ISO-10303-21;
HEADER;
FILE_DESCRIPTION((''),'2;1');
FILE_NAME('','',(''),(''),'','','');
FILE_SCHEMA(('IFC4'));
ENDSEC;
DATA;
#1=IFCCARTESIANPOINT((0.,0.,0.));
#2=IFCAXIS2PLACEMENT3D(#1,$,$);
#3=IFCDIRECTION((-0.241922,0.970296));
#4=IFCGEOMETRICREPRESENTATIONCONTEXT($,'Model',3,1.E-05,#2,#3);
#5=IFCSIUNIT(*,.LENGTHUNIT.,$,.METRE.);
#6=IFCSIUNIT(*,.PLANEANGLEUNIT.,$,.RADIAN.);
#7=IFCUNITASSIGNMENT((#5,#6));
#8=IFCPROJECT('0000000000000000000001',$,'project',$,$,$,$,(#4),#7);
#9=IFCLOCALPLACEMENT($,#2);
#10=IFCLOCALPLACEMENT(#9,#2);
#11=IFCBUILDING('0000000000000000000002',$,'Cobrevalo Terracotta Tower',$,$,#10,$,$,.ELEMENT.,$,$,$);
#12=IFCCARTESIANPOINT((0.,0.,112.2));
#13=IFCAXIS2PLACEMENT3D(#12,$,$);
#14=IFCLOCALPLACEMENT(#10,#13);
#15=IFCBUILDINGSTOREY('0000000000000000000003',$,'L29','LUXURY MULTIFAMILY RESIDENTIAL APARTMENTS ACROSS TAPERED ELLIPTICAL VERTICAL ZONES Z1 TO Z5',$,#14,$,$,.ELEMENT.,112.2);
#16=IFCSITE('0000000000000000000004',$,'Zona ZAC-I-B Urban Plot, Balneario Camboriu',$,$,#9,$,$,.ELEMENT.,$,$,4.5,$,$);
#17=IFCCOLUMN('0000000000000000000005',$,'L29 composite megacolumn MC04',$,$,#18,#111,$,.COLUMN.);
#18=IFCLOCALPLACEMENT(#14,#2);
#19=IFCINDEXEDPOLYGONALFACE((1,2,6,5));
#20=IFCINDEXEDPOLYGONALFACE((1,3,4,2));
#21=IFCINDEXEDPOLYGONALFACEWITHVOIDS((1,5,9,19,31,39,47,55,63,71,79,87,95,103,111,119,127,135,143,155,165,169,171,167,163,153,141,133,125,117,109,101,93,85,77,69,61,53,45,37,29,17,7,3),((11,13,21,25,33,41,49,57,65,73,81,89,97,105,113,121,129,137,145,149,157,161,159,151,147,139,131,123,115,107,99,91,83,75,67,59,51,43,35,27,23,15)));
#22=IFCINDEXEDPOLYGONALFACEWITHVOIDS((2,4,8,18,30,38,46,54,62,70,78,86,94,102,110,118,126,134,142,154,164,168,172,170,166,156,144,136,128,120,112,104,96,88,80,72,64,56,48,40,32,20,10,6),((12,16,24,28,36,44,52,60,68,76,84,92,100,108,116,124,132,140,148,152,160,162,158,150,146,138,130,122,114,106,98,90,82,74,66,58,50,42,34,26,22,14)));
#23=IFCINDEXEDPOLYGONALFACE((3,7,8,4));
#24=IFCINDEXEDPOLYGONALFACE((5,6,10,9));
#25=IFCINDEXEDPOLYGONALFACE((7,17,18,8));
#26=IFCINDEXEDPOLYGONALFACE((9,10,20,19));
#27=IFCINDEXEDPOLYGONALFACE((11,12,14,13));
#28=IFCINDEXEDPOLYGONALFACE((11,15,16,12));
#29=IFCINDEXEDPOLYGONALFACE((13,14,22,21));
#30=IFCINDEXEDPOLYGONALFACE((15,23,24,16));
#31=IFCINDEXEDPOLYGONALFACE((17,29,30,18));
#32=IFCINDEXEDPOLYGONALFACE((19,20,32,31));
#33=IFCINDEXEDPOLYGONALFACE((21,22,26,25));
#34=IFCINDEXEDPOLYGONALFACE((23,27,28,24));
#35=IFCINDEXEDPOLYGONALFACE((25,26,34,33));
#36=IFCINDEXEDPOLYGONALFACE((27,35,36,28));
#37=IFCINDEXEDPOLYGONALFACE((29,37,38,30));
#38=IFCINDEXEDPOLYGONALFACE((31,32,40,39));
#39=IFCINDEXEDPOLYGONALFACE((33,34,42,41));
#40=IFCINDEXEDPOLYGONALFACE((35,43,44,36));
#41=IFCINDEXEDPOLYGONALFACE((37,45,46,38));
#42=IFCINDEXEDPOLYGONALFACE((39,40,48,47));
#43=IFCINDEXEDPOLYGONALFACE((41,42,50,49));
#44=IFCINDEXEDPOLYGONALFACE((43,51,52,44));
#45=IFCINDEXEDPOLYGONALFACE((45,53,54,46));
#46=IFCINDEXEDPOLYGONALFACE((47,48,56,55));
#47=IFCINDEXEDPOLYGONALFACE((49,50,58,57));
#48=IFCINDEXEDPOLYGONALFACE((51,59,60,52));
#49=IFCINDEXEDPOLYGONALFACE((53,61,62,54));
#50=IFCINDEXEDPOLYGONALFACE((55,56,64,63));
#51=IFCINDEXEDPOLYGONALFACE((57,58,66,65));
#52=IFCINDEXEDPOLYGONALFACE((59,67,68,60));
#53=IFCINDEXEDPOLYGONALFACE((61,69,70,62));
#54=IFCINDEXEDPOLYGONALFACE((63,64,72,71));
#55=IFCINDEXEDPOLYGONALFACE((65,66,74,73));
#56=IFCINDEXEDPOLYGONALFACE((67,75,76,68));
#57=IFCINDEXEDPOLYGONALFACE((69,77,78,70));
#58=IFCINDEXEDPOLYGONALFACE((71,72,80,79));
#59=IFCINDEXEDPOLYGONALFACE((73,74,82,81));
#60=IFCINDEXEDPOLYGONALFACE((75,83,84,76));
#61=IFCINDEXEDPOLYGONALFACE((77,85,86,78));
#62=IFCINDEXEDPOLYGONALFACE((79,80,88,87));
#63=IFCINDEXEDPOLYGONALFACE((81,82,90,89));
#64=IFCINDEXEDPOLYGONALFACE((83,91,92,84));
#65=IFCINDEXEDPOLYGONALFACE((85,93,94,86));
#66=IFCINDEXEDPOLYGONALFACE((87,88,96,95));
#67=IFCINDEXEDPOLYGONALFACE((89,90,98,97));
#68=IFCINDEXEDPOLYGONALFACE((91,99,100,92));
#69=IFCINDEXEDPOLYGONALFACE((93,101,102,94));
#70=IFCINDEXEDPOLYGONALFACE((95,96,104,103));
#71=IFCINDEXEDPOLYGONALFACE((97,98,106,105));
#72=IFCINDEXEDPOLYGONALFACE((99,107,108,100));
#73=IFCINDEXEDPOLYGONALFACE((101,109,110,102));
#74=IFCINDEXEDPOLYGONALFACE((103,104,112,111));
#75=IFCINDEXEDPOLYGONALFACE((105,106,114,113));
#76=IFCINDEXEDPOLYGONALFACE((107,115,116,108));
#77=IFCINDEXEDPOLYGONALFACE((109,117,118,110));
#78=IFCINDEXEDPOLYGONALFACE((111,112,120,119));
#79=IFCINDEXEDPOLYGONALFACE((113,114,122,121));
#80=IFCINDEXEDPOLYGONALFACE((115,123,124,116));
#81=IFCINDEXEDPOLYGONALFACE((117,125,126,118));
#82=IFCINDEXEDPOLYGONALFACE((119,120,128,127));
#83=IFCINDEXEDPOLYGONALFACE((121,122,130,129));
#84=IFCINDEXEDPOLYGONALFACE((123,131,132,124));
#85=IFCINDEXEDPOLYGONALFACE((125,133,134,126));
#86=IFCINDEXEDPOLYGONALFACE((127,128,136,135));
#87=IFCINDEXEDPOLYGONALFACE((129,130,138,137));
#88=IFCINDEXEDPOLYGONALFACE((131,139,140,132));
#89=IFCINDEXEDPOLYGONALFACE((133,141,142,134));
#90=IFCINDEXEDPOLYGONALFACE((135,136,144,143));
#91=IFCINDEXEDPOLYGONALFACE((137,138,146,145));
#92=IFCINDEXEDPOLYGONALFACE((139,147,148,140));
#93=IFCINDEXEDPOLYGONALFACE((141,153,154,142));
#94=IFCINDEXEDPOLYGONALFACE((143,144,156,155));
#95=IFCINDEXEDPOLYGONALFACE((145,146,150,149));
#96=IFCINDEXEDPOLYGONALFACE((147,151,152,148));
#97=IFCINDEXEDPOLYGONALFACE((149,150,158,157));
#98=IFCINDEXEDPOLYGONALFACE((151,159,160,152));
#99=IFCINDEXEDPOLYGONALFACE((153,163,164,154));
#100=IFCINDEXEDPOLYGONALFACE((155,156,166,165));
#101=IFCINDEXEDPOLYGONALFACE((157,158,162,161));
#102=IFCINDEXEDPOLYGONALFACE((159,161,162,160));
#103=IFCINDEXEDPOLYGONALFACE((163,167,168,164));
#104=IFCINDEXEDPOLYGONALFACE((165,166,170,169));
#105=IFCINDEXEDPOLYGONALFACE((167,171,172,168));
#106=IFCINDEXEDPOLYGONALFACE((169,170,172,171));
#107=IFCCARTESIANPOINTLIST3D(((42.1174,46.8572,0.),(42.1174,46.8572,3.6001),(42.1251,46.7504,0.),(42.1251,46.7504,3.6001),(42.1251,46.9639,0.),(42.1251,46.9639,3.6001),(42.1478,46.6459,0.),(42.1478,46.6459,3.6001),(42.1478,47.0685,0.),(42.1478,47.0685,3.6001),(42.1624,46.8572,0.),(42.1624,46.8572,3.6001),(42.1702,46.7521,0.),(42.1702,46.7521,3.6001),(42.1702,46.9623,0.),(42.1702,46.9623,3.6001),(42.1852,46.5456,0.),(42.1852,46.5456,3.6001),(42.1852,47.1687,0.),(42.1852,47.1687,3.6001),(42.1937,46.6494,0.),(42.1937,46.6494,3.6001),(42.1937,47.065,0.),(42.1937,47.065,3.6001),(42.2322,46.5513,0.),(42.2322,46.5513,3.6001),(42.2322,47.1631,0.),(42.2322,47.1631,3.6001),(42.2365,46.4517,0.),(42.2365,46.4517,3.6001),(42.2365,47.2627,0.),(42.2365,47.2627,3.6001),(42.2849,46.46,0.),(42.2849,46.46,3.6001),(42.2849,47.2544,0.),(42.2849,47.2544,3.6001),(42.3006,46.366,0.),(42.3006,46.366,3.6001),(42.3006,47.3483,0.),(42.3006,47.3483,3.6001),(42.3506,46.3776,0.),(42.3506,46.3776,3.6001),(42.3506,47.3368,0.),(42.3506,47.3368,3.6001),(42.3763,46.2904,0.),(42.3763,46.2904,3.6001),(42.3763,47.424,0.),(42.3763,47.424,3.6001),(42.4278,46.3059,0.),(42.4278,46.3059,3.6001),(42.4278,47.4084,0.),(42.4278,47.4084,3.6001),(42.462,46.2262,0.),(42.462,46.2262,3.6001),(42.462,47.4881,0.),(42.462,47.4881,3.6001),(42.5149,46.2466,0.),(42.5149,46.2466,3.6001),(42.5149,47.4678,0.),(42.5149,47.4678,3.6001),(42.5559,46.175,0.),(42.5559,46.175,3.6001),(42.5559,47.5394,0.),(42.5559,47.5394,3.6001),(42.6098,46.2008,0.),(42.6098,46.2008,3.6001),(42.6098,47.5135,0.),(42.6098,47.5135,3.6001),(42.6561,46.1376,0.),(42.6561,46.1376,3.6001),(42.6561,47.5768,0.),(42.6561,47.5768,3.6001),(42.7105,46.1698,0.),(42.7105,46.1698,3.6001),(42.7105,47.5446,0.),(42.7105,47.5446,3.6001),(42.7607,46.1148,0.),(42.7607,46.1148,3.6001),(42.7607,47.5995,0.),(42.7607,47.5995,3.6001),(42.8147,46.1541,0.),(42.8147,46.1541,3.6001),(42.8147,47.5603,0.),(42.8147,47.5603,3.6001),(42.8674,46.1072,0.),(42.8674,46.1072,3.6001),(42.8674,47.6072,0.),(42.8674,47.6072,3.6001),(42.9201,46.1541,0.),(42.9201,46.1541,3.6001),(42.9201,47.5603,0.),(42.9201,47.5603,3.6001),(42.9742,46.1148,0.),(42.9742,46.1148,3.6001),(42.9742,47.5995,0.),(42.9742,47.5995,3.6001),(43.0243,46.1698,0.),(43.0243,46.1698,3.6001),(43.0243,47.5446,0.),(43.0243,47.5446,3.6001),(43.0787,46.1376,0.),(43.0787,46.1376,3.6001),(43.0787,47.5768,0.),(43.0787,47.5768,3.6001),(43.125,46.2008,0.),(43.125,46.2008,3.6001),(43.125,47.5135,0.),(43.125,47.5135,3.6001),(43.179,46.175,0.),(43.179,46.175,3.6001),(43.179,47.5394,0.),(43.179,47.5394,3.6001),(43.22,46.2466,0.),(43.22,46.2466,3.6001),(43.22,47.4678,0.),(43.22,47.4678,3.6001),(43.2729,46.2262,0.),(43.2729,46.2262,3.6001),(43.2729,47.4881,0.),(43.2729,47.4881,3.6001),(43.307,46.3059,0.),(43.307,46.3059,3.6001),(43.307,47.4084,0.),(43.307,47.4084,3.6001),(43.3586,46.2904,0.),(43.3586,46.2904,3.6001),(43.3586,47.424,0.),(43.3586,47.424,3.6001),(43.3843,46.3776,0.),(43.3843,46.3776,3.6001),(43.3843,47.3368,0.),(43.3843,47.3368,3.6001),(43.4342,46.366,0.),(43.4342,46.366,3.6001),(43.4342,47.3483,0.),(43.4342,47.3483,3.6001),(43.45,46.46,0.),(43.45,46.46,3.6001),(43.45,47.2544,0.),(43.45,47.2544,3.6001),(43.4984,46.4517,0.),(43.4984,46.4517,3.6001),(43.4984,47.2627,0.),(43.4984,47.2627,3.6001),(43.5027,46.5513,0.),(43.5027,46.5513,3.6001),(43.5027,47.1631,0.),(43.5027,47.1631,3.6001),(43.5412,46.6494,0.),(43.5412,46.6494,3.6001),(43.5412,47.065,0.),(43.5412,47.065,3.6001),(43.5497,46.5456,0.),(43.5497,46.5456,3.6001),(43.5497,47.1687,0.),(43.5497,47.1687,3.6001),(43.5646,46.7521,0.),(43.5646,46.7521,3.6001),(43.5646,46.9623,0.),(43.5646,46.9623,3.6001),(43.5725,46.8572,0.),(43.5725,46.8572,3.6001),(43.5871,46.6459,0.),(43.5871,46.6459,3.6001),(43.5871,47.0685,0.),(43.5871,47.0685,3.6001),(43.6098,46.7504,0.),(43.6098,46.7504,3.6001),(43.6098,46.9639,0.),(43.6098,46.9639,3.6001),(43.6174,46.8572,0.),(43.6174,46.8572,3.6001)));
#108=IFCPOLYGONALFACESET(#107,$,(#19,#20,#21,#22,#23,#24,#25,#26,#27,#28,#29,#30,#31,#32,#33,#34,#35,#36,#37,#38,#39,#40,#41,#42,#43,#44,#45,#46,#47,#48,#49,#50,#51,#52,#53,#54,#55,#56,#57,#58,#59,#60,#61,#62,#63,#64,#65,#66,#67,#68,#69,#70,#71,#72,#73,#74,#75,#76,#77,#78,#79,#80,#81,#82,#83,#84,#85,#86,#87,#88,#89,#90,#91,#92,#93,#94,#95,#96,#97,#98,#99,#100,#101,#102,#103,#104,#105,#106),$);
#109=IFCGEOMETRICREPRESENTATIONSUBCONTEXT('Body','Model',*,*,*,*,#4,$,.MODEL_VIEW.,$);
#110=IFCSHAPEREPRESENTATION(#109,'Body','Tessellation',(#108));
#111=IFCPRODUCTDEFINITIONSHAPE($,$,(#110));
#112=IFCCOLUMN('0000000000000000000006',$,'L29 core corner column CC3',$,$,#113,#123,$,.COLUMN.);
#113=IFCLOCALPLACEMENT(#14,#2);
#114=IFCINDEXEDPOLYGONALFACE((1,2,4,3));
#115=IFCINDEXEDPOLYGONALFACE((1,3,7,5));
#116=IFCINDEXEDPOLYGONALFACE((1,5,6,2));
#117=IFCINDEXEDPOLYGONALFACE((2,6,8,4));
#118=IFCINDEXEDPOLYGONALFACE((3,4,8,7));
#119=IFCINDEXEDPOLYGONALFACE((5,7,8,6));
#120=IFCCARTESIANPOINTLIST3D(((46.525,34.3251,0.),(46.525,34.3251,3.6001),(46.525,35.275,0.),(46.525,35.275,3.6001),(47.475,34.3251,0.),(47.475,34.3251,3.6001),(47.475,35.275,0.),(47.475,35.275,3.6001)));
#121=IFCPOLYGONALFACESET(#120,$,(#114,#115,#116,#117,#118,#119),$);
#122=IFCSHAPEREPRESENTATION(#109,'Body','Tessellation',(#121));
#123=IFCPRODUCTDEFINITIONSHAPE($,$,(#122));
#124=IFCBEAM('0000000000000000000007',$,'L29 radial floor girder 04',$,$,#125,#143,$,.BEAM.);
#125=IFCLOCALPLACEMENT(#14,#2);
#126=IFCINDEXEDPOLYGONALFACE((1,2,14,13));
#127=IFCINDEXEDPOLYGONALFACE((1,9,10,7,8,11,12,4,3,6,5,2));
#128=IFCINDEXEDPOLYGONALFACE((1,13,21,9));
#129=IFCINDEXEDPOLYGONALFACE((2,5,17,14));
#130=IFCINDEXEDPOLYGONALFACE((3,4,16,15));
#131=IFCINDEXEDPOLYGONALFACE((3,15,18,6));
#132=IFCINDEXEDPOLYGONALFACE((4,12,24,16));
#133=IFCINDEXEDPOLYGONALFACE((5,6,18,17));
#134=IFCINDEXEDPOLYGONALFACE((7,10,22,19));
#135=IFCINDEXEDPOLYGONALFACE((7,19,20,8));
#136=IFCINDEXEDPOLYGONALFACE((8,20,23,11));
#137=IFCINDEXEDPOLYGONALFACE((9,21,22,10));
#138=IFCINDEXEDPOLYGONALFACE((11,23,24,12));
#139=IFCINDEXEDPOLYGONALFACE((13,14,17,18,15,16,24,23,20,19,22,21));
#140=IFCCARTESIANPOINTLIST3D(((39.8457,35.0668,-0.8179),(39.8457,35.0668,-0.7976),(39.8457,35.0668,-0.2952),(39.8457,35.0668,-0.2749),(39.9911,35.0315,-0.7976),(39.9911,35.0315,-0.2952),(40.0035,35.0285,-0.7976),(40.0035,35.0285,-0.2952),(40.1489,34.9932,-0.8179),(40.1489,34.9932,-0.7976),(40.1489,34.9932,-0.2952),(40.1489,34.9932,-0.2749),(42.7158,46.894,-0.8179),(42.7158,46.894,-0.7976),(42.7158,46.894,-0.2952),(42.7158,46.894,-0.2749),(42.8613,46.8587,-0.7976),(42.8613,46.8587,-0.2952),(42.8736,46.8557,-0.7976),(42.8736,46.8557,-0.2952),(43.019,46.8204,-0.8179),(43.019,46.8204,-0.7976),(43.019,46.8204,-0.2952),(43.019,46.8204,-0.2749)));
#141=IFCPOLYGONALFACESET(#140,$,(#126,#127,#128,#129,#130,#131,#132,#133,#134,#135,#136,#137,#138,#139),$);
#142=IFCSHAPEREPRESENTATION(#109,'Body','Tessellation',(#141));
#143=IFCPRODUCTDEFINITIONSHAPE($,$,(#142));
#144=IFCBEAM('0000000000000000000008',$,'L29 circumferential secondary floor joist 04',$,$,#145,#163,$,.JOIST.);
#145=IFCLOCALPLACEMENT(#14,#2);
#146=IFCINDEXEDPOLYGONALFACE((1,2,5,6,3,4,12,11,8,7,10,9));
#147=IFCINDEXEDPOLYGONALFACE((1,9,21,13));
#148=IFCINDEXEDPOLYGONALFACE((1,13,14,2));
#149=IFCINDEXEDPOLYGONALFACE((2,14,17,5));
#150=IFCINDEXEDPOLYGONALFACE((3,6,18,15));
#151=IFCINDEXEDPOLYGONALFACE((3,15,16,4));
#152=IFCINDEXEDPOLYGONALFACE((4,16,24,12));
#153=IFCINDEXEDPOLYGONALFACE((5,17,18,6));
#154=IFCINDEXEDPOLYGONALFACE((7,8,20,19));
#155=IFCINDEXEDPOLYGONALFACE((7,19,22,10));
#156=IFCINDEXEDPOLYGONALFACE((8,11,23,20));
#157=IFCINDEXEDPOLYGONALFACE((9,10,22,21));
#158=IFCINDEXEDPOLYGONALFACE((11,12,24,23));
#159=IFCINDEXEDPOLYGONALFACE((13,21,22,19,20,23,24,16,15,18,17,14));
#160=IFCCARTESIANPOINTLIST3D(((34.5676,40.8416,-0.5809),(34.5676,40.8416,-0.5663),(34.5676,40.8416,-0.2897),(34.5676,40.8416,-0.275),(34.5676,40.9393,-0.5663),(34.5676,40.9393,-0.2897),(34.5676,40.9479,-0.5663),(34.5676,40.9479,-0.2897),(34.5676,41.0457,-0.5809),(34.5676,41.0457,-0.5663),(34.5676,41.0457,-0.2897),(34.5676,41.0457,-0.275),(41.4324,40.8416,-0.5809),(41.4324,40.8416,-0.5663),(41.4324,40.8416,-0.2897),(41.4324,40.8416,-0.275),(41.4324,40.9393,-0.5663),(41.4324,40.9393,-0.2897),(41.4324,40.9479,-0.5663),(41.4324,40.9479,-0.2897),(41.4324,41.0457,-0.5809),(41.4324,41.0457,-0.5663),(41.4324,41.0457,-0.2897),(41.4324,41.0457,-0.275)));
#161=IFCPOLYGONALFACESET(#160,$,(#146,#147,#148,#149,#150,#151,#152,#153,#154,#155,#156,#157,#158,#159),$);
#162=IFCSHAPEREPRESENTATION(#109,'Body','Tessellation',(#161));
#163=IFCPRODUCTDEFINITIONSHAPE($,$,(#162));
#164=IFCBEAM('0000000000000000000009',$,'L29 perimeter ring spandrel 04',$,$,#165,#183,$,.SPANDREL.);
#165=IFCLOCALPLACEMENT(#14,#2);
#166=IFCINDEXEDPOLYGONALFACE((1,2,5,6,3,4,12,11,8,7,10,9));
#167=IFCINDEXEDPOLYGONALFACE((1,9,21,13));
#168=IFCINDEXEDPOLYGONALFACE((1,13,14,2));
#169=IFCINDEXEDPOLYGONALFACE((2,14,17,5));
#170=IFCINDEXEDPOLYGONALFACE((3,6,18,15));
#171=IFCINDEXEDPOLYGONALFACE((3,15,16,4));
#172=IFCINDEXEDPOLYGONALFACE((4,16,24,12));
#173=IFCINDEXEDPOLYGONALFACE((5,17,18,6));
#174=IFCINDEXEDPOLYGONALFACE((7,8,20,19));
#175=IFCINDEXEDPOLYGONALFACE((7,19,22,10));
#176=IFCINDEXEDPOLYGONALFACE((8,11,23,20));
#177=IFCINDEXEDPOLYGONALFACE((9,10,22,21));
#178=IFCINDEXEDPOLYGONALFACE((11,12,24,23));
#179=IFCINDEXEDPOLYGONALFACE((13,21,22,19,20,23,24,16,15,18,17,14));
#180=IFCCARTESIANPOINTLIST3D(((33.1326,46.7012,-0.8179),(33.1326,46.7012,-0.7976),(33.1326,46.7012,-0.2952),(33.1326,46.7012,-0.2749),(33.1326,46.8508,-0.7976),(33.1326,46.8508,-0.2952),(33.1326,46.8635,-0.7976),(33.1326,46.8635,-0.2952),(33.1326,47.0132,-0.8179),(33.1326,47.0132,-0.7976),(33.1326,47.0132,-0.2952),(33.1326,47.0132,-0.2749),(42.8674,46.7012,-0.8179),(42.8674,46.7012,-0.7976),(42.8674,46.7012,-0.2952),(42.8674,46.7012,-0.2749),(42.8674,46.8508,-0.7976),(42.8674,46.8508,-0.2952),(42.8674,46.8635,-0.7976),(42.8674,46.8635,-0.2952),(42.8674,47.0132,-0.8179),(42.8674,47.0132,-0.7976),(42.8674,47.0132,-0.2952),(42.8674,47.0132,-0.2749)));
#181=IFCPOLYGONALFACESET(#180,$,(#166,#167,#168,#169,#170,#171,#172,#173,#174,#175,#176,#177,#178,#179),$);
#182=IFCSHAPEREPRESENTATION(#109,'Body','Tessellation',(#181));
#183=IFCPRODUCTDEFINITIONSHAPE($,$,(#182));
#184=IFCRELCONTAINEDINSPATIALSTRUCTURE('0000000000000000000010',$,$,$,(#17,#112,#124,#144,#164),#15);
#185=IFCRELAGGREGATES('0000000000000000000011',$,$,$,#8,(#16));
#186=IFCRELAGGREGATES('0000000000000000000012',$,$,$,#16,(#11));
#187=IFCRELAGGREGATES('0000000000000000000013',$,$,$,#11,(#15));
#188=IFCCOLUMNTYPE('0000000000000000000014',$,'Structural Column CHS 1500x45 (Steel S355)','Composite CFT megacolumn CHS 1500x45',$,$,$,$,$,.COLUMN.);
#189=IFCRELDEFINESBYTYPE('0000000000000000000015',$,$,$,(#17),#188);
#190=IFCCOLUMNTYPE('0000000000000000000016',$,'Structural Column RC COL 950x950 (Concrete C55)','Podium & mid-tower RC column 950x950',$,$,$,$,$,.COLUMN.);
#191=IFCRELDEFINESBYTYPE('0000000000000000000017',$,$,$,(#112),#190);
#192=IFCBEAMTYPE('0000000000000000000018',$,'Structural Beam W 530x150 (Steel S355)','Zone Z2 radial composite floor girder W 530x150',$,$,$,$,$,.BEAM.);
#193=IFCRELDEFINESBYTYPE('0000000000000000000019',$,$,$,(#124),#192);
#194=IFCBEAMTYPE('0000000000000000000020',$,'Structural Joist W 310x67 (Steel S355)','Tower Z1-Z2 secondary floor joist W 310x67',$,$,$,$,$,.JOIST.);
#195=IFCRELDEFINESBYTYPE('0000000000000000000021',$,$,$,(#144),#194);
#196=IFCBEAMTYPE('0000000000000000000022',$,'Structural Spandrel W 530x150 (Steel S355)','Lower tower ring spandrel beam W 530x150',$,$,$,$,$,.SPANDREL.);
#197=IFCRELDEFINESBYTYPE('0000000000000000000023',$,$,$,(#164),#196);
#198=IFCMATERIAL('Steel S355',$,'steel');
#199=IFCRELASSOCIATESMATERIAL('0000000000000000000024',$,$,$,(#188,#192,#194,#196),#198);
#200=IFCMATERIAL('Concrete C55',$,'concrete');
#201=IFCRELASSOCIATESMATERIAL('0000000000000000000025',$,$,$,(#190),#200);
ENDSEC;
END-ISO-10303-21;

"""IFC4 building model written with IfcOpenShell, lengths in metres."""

from ifc_helpers import new_model, si_unit, direction, frame, origin, origin_2d, place, context, subcontext, project, spatial, rectangle, hollow_circle, i_section, extrude, material, material_profile, profile_set, type_object, element, save


model = new_model("IFC4")

# Units and contexts
model_context = context("Model", 3, precision=1e-05, world=origin(), true_north=direction((-0.241922, 0.970296)))
body_context = subcontext(model_context, "Body", "Model", "MODEL_VIEW")
ifc_project = project(units=[si_unit("LENGTHUNIT", "METRE"), si_unit("PLANEANGLEUNIT", "RADIAN")], contexts=[model_context])

# Site, building, storey
site_placement = place(None, origin())
site = spatial("IfcSite", under=ifc_project, at=site_placement, Name="Zona ZAC-I-B Urban Plot, Balneario Camboriu", CompositionType="ELEMENT", RefElevation=4.5)
building_placement = place(site_placement, origin())
building = spatial("IfcBuilding", under=site, at=building_placement, Name="Cobrevalo Terracotta Tower", CompositionType="ELEMENT")
storey_placement = place(building_placement, frame((0.0, 0.0, 112.2)))
storey = spatial("IfcBuildingStorey", under=building, at=storey_placement, Name="L29", Description="LUXURY MULTIFAMILY RESIDENTIAL APARTMENTS ACROSS TAPERED ELLIPTICAL VERTICAL ZONES Z1 TO Z5", CompositionType="ELEMENT", Elevation=112.2)

# Columns
ifc_material_1 = material(Name="Steel S355", Category="steel")
ifc_material_profile_1 = material_profile(ifc_material_1, hollow_circle(Radius=0.75, WallThickness=0.0449, at=origin_2d()), Name="CHS 1500x45")
ifc_profile_set_1 = profile_set([ifc_material_profile_1], Name="Steel S355")
column_type_1 = type_object("IfcColumnType", Name="Structural Column CHS 1500x45 (Steel S355)", Description="Composite CFT megacolumn CHS 1500x45", PredefinedType="COLUMN", material=ifc_profile_set_1)
column_1_placement = place(storey_placement, frame((42.8674, 46.8572, 0.0), z_axis=(0.0, 0.0, 1.0), x_axis=(1.0, 0.0, 0.0)))
element("IfcColumn", 1, at=column_1_placement, inside=storey, type_object=column_type_1, Name="L29 composite megacolumn MC04", PredefinedType="COLUMN", context=body_context, shape_type="SweptSolid", body=[
    extrude(hollow_circle(Radius=0.75, WallThickness=0.0449, at=origin_2d()), origin(), (0.0, 0.0, 1.0), 3.6001),
])
ifc_material_2 = material(Name="Concrete C55", Category="concrete")
ifc_material_profile_2 = material_profile(ifc_material_2, rectangle(XDim=0.95, YDim=0.95, at=origin_2d()), Name="RC COL 950x950")
ifc_profile_set_2 = profile_set([ifc_material_profile_2], Name="Concrete C55")
column_type_2 = type_object("IfcColumnType", Name="Structural Column RC COL 950x950 (Concrete C55)", Description="Podium & mid-tower RC column 950x950", PredefinedType="COLUMN", material=ifc_profile_set_2)
column_2_placement = place(storey_placement, frame((47.0, 34.8, 0.0), z_axis=(0.0, 0.0, 1.0), x_axis=(1.0, 0.0, 0.0)))
element("IfcColumn", 2, at=column_2_placement, inside=storey, type_object=column_type_2, Name="L29 core corner column CC3", PredefinedType="COLUMN", context=body_context, shape_type="SweptSolid", body=[
    extrude(rectangle(XDim=0.95, YDim=0.95, at=origin_2d()), origin(), (0.0, 0.0, 1.0), 3.6001),
])

# Beams
ifc_material_profile_3 = material_profile(ifc_material_1, i_section(OverallWidth=0.312, OverallDepth=0.543, WebThickness=0.0127, FlangeThickness=0.0203, at=origin_2d()), Name="W 530x150")
ifc_profile_set_3 = profile_set([ifc_material_profile_3], Name="Steel S355")
beam_type_1 = type_object("IfcBeamType", Name="Structural Beam W 530x150 (Steel S355)", Description="Zone Z2 radial composite floor girder W 530x150", PredefinedType="BEAM", material=ifc_profile_set_3)
beam_1_placement = place(storey_placement, frame((42.8674, 46.8572, -0.5464), z_axis=(-0.235827, -0.971795, 0.0), x_axis=(0.971795, -0.235827, 0.0)))
element("IfcBeam", 3, at=beam_1_placement, inside=storey, type_object=beam_type_1, Name="L29 radial floor girder 04", PredefinedType="BEAM", context=body_context, shape_type="SweptSolid", body=[
    extrude(i_section(OverallWidth=0.312, OverallDepth=0.543, WebThickness=0.0127, FlangeThickness=0.0203, at=origin_2d()), origin(), (0.0, 0.0, 1.0), 12.1704),
])
ifc_material_profile_4 = material_profile(ifc_material_1, i_section(OverallWidth=0.2041, OverallDepth=0.3059, WebThickness=0.0085, FlangeThickness=0.0146, at=origin_2d()), Name="W 310x67")
ifc_profile_set_4 = profile_set([ifc_material_profile_4], Name="Steel S355")
beam_type_2 = type_object("IfcBeamType", Name="Structural Joist W 310x67 (Steel S355)", Description="Tower Z1-Z2 secondary floor joist W 310x67", PredefinedType="JOIST", material=ifc_profile_set_4)
beam_2_placement = place(storey_placement, frame((41.4324, 40.9436, -0.428), z_axis=(-1.0, 0.0, 0.0), x_axis=(0.0, -1.0, 0.0)))
element("IfcBeam", 4, at=beam_2_placement, inside=storey, type_object=beam_type_2, Name="L29 circumferential secondary floor joist 04", PredefinedType="JOIST", context=body_context, shape_type="SweptSolid", body=[
    extrude(i_section(OverallWidth=0.2041, OverallDepth=0.3059, WebThickness=0.0085, FlangeThickness=0.0146, at=origin_2d()), origin(), (0.0, 0.0, 1.0), 6.8647),
])
ifc_material_profile_5 = material_profile(ifc_material_1, i_section(OverallWidth=0.312, OverallDepth=0.543, WebThickness=0.0127, FlangeThickness=0.0203, at=origin_2d()), Name="W 530x150")
ifc_profile_set_5 = profile_set([ifc_material_profile_5], Name="Steel S355")
beam_type_3 = type_object("IfcBeamType", Name="Structural Spandrel W 530x150 (Steel S355)", Description="Lower tower ring spandrel beam W 530x150", PredefinedType="SPANDREL", material=ifc_profile_set_5)
beam_3_placement = place(storey_placement, frame((42.8674, 46.8572, -0.5464), z_axis=(-1.0, 0.0, 0.0), x_axis=(0.0, -1.0, 0.0)))
element("IfcBeam", 5, at=beam_3_placement, inside=storey, type_object=beam_type_3, Name="L29 perimeter ring spandrel 04", PredefinedType="SPANDREL", context=body_context, shape_type="SweptSolid", body=[
    extrude(i_section(OverallWidth=0.312, OverallDepth=0.543, WebThickness=0.0127, FlangeThickness=0.0203, at=origin_2d()), origin(), (0.0, 0.0, 1.0), 9.7349),
])

save(model, "model.ifc")
